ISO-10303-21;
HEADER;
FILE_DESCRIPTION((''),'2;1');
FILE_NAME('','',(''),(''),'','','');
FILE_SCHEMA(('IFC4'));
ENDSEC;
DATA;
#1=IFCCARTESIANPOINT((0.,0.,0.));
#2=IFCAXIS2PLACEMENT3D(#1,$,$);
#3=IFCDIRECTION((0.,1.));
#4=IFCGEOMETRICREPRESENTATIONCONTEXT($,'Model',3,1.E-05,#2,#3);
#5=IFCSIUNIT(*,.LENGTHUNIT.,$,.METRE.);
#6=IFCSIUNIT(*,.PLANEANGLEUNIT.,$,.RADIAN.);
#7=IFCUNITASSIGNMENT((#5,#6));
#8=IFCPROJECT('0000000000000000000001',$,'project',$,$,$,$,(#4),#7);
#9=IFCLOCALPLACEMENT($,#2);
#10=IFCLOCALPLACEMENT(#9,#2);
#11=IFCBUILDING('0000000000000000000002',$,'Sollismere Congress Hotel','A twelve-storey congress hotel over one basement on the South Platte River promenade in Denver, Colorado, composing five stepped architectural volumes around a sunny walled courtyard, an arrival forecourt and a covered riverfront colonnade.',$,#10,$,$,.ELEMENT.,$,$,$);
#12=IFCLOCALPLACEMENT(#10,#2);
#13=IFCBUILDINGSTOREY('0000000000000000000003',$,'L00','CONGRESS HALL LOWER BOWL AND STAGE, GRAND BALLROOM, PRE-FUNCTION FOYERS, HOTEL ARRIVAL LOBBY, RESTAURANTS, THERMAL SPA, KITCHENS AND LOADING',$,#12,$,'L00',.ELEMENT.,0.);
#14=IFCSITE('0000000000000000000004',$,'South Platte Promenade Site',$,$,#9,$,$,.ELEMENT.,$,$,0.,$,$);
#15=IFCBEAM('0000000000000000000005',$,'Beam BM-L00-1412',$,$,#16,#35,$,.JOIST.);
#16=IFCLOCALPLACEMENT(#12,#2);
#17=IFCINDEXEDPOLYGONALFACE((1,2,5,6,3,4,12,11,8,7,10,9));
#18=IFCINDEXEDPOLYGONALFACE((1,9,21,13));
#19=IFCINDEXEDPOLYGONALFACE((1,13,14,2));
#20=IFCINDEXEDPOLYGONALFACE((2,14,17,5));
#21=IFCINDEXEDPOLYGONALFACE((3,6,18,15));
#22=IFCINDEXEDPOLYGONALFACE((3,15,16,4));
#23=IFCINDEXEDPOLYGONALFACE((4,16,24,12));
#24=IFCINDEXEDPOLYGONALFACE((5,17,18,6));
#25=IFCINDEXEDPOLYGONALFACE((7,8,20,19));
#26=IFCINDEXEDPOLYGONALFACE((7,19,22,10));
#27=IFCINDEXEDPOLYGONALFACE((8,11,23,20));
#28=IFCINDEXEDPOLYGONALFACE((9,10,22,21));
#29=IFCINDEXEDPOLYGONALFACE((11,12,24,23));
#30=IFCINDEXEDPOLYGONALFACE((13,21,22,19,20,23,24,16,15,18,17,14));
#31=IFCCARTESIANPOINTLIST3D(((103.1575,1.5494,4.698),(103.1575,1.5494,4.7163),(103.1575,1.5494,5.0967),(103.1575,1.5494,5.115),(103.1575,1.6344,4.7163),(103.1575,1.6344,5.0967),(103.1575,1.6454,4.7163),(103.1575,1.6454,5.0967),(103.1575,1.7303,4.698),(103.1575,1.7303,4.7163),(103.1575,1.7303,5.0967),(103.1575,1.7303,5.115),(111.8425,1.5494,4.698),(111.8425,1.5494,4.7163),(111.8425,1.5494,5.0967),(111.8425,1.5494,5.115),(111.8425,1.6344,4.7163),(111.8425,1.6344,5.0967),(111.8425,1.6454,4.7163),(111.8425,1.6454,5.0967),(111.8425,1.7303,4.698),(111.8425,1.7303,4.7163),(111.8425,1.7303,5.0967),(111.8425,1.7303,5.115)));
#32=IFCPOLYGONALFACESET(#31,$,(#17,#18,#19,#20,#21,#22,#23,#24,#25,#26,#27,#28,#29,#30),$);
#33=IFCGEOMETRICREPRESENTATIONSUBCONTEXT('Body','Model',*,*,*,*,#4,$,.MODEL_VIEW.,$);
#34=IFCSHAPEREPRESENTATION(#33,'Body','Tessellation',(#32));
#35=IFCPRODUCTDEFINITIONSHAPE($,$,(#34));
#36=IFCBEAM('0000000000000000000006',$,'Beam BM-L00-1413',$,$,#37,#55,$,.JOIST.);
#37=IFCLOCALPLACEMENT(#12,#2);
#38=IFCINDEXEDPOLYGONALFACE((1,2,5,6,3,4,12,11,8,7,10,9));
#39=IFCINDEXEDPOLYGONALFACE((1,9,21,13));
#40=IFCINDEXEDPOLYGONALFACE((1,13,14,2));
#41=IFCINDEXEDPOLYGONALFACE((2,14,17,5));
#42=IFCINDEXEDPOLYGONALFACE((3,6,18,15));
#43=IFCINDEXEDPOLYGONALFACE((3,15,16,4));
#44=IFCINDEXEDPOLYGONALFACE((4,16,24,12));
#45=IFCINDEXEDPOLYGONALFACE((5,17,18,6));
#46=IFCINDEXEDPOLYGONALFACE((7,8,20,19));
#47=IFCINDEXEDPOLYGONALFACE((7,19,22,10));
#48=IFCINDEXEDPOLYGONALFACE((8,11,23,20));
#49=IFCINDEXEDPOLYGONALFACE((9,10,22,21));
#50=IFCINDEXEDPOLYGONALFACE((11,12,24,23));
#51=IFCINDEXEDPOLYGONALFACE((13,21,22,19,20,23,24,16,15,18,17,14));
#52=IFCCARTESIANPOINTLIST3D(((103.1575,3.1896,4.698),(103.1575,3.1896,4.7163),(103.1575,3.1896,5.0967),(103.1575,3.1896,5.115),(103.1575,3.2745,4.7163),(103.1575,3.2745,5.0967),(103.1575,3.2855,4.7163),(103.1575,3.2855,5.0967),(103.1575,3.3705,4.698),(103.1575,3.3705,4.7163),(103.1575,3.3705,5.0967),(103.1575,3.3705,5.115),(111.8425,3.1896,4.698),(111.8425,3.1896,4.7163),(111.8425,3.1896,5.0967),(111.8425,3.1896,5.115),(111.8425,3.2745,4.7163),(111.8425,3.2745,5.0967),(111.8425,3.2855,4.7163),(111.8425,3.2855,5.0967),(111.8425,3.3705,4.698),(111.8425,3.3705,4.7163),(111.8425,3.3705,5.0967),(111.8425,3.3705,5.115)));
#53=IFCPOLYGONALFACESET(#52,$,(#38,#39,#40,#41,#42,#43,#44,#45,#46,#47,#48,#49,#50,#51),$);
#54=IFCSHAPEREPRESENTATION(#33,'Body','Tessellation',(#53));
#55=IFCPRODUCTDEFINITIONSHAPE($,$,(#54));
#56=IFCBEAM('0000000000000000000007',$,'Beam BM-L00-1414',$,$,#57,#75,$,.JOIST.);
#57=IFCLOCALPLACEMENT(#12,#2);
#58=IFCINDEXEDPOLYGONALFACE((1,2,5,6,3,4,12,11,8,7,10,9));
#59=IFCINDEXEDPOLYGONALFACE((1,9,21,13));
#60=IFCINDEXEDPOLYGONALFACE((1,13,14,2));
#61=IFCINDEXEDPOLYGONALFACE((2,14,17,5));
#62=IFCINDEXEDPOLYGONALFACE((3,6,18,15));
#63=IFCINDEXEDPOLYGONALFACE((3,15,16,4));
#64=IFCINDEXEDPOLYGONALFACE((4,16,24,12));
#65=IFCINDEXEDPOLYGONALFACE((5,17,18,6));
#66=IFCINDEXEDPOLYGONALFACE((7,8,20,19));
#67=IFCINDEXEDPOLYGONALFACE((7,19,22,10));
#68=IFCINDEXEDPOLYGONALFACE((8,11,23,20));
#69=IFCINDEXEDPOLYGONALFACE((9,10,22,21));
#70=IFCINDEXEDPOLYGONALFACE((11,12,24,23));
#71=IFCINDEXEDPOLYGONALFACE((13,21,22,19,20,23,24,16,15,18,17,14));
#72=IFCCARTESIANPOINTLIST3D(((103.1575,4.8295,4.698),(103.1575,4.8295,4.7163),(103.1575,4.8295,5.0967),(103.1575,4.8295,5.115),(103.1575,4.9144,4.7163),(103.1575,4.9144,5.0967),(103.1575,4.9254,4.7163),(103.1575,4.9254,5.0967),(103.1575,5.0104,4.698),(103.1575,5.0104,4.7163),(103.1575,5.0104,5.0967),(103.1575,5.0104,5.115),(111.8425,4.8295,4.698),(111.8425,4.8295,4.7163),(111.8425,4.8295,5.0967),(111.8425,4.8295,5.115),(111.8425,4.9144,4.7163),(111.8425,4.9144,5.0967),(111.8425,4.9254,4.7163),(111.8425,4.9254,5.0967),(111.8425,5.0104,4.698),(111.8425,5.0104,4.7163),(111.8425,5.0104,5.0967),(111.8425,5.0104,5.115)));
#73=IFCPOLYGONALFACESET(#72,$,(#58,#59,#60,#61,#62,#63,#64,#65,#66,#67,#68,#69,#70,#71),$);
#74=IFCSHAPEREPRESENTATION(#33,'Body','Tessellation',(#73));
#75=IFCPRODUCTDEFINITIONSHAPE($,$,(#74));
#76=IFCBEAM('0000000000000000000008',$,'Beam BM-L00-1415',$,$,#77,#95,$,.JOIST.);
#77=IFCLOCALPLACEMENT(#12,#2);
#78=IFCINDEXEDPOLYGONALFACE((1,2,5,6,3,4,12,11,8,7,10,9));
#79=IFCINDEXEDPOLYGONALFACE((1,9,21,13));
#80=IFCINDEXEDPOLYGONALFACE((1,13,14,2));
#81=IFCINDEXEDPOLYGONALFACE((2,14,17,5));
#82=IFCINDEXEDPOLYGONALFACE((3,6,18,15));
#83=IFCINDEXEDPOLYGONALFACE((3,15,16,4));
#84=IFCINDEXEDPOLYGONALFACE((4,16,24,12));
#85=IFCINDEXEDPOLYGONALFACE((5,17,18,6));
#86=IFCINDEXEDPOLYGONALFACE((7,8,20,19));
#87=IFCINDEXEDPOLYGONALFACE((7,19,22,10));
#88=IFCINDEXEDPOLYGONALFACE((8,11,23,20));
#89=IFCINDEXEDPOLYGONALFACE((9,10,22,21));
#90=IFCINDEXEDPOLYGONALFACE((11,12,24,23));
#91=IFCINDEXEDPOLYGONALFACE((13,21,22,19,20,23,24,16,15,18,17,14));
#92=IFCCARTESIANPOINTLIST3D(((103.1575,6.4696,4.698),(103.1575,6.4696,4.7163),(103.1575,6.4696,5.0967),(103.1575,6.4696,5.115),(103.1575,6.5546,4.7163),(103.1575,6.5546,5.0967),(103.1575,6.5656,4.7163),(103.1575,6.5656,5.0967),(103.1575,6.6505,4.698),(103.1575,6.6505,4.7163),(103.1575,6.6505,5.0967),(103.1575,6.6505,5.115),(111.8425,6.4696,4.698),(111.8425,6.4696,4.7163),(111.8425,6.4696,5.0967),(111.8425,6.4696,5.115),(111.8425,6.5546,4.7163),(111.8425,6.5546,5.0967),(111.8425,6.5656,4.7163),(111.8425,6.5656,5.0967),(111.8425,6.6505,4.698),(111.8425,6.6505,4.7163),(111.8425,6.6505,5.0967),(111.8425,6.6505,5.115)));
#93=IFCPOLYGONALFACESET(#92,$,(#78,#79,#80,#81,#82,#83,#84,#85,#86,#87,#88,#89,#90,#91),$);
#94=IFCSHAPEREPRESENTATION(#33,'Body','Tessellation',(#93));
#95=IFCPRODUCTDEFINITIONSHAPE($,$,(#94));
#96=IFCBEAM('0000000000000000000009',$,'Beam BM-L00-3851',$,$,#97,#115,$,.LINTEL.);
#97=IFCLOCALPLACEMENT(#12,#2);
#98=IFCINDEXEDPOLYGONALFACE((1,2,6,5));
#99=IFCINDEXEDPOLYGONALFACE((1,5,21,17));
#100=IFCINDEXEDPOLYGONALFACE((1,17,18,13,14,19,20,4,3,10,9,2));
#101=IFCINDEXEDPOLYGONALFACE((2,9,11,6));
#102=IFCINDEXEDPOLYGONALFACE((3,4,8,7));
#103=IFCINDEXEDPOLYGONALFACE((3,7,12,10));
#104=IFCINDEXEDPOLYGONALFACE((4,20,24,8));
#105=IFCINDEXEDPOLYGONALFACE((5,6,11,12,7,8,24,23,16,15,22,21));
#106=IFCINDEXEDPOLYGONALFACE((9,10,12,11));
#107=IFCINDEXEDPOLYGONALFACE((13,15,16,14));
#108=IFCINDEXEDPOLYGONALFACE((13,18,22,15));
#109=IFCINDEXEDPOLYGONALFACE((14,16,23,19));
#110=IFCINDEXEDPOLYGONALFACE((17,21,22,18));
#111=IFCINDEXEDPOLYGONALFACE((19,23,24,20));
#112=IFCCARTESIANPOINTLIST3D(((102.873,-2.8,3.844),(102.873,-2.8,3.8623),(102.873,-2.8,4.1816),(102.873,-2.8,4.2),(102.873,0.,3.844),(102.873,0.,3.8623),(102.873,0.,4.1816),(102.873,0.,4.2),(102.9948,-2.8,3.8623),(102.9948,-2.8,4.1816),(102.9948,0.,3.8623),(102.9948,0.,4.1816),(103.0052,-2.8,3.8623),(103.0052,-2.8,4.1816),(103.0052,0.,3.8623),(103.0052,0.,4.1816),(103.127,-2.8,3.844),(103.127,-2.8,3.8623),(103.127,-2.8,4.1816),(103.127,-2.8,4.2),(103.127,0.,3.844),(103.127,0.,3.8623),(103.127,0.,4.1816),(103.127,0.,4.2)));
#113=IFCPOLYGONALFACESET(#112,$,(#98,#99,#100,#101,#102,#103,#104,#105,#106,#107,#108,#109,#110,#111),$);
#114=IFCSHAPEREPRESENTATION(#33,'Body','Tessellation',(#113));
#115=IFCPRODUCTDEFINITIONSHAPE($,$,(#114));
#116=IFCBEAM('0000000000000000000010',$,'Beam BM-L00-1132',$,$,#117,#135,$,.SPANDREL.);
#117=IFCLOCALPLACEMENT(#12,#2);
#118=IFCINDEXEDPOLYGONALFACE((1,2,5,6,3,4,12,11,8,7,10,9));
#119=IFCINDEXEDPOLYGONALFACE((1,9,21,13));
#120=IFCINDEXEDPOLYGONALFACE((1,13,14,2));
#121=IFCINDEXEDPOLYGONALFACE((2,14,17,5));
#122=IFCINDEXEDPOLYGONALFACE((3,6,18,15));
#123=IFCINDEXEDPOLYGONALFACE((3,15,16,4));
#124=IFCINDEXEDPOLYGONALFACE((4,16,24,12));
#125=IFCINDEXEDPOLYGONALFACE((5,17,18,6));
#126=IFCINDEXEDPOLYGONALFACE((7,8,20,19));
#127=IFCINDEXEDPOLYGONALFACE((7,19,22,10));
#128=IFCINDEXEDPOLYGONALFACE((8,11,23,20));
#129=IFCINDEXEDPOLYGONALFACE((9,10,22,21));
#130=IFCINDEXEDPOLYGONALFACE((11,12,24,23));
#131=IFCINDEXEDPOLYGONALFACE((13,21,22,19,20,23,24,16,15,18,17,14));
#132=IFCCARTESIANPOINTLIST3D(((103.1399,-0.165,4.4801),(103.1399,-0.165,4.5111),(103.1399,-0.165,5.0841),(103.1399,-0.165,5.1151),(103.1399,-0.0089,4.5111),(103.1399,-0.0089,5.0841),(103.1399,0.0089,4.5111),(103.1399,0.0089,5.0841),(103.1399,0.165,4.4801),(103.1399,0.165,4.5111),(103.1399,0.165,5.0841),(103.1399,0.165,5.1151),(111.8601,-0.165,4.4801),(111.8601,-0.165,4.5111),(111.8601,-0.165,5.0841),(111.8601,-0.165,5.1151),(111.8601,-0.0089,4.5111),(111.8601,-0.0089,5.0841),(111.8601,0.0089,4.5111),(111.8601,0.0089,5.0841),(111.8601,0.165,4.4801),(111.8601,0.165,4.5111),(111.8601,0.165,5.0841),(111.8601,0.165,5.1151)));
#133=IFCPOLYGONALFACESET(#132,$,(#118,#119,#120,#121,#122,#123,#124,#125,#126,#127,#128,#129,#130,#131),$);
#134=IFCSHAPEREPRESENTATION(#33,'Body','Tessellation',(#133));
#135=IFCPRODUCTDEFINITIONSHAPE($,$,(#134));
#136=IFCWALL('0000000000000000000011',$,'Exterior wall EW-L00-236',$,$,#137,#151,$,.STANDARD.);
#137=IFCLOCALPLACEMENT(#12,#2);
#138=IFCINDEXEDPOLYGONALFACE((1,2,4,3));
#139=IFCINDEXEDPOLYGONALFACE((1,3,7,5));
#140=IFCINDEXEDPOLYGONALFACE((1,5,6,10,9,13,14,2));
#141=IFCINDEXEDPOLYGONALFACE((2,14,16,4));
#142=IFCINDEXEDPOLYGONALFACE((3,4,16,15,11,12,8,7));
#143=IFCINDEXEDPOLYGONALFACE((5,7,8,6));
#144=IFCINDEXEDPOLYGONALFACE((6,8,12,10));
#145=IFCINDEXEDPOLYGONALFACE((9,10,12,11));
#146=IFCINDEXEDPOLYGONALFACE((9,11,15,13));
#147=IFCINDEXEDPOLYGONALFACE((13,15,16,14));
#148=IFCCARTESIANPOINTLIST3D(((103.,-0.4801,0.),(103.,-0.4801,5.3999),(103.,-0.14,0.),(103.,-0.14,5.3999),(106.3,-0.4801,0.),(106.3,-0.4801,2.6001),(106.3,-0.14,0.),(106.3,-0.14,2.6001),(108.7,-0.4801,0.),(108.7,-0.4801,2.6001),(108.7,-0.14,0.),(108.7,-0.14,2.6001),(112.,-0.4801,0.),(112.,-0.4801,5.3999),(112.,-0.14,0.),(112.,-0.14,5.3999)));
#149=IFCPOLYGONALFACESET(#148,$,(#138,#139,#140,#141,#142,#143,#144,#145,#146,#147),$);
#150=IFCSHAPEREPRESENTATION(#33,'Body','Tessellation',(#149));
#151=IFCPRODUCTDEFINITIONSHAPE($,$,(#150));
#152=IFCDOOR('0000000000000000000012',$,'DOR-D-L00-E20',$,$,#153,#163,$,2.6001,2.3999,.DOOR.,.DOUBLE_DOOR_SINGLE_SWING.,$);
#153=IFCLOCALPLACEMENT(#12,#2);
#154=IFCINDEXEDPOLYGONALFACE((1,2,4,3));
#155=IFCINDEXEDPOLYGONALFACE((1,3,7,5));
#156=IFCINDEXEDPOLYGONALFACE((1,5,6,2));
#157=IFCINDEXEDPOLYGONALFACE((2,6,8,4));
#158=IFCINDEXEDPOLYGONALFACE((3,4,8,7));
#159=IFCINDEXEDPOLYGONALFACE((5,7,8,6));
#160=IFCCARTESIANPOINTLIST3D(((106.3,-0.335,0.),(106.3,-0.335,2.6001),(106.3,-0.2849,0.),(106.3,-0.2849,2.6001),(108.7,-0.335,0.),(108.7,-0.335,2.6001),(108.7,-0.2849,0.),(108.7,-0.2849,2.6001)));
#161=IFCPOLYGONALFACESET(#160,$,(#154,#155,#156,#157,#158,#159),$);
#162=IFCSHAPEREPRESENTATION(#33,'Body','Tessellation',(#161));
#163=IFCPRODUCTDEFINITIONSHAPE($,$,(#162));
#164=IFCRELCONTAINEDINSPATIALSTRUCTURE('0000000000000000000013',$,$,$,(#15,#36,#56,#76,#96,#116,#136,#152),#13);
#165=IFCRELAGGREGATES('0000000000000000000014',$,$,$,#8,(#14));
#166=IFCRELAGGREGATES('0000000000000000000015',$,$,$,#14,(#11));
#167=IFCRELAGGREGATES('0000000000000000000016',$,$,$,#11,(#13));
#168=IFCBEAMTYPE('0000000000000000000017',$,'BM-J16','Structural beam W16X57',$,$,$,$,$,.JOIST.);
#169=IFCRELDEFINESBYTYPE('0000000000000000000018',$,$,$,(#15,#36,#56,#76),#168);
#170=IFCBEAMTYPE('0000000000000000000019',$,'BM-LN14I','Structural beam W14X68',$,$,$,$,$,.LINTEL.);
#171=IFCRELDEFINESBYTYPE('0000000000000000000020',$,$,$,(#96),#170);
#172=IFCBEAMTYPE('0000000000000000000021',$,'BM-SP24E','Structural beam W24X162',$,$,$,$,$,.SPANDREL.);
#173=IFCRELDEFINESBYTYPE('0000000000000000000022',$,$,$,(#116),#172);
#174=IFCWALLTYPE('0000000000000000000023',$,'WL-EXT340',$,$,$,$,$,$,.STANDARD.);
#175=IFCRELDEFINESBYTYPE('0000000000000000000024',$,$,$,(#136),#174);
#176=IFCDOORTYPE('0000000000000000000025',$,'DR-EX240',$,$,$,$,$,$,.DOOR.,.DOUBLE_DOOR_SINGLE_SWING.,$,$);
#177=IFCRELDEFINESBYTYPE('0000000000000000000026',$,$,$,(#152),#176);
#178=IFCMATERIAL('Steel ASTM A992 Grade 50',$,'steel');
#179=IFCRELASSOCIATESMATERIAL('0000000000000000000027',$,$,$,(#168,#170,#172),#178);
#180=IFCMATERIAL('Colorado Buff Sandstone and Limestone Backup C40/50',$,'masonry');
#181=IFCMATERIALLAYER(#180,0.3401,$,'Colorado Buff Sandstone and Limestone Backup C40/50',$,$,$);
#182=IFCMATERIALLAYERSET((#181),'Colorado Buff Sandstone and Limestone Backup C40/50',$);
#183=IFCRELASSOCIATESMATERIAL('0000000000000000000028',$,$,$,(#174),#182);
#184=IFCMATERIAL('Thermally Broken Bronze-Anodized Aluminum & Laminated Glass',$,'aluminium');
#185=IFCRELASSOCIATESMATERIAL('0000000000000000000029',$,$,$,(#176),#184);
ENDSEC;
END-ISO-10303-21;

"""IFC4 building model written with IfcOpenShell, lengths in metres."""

from ifc_helpers import new_model, si_unit, direction, frame, frame_2d, origin, origin_2d, place, context, subcontext, project, spatial, rectangle, i_section, extrude, material, layer, layer_set, material_profile, profile_set, type_object, element, fill, save


model = new_model("IFC4")

# Units and contexts
model_context = context("Model", 3, precision=1e-05, world=origin(), true_north=direction((0.0, 1.0)))
body_context = subcontext(model_context, "Body", "Model", "MODEL_VIEW")
ifc_project = project(units=[si_unit("LENGTHUNIT", "METRE"), si_unit("PLANEANGLEUNIT", "RADIAN")], contexts=[model_context])

# Site, building, storey
site_placement = place(None, origin())
site = spatial("IfcSite", under=ifc_project, at=site_placement, Name="South Platte Promenade Site", CompositionType="ELEMENT", RefElevation=0.0)
building_placement = place(site_placement, origin())
building = spatial("IfcBuilding", under=site, at=building_placement, Name="Sollismere Congress Hotel", Description="A twelve-storey congress hotel over one basement on the South Platte River promenade in Denver, Colorado, composing five stepped architectural volumes around a sunny walled courtyard, an arrival forecourt and a covered riverfront colonnade.", CompositionType="ELEMENT")
storey_placement = place(building_placement, origin())
storey = spatial("IfcBuildingStorey", under=building, at=storey_placement, Name="L00", Description="CONGRESS HALL LOWER BOWL AND STAGE, GRAND BALLROOM, PRE-FUNCTION FOYERS, HOTEL ARRIVAL LOBBY, RESTAURANTS, THERMAL SPA, KITCHENS AND LOADING", LongName="L00", CompositionType="ELEMENT", Elevation=0.0)

# Shared definitions
ifc_material_1 = material(Name="Steel ASTM A992 Grade 50", Category="steel")

# Beams
ifc_material_profile_1 = material_profile(ifc_material_1, i_section(OverallWidth=0.1809, OverallDepth=0.417, WebThickness=0.011, FlangeThickness=0.0183, at=origin_2d()), Name="W16X57")
ifc_profile_set_1 = profile_set([ifc_material_profile_1], Name="Steel ASTM A992 Grade 50")
beam_type_1 = type_object("IfcBeamType", Name="BM-J16", Description="Structural beam W16X57", PredefinedType="JOIST", material=ifc_profile_set_1)
for number, where, z_axis, x_axis, name in (
    (1, (103.1575, 1.6399, 4.9065), (1.0, 0.0, 0.0), (0.0, 1.0, 0.0), "Beam BM-L00-1412"),
    (2, (103.1575, 3.28, 4.9065), (1.0, 0.0, 0.0), (0.0, 1.0, 0.0), "Beam BM-L00-1413"),
    (3, (103.1575, 4.9199, 4.9065), (1.0, 0.0, 0.0), (0.0, 1.0, 0.0), "Beam BM-L00-1414"),
    (4, (103.1575, 6.5601, 4.9065), (1.0, 0.0, 0.0), (0.0, 1.0, 0.0), "Beam BM-L00-1415"),
):
    element("IfcBeam", number, at=place(storey_placement, frame(where, z_axis=z_axis, x_axis=x_axis)), inside=storey, type_object=beam_type_1, Name=name, PredefinedType="JOIST", context=body_context, shape_type="SweptSolid", body=[
        extrude(i_section(OverallWidth=0.1809, OverallDepth=0.417, WebThickness=0.011, FlangeThickness=0.0183, at=origin_2d()), origin(), (0.0, 0.0, 1.0), 8.6851),
    ])
ifc_material_profile_2 = material_profile(ifc_material_1, i_section(OverallWidth=0.2539, OverallDepth=0.356, WebThickness=0.0105, FlangeThickness=0.0183, at=origin_2d()), Name="W14X68")
ifc_profile_set_2 = profile_set([ifc_material_profile_2], Name="Steel ASTM A992 Grade 50")
beam_type_2 = type_object("IfcBeamType", Name="BM-LN14I", Description="Structural beam W14X68", PredefinedType="LINTEL", material=ifc_profile_set_2)
beam_1_placement = place(storey_placement, frame((103.0, -2.8, 4.022), z_axis=(0.0, 1.0, 0.0), x_axis=(-1.0, 0.0, 0.0)))
element("IfcBeam", 5, at=beam_1_placement, inside=storey, type_object=beam_type_2, Name="Beam BM-L00-3851", PredefinedType="LINTEL", context=body_context, shape_type="SweptSolid", body=[
    extrude(i_section(OverallWidth=0.2539, OverallDepth=0.356, WebThickness=0.0105, FlangeThickness=0.0183, at=origin_2d()), origin(), (0.0, 0.0, 1.0), 2.8),
])
ifc_material_profile_3 = material_profile(ifc_material_1, i_section(OverallWidth=0.3301, OverallDepth=0.635, WebThickness=0.0178, FlangeThickness=0.031, at=origin_2d()), Name="W24X162")
ifc_profile_set_3 = profile_set([ifc_material_profile_3], Name="Steel ASTM A992 Grade 50")
beam_type_3 = type_object("IfcBeamType", Name="BM-SP24E", Description="Structural beam W24X162", PredefinedType="SPANDREL", material=ifc_profile_set_3)
beam_2_placement = place(storey_placement, frame((103.1399, 0.0, 4.7976), z_axis=(1.0, 0.0, 0.0), x_axis=(0.0, 1.0, 0.0)))
element("IfcBeam", 6, at=beam_2_placement, inside=storey, type_object=beam_type_3, Name="Beam BM-L00-1132", PredefinedType="SPANDREL", context=body_context, shape_type="SweptSolid", body=[
    extrude(i_section(OverallWidth=0.3301, OverallDepth=0.635, WebThickness=0.0178, FlangeThickness=0.031, at=origin_2d()), origin(), (0.0, 0.0, 1.0), 8.7202),
])

# Wall, opening, door
ifc_material_2 = material(Name="Colorado Buff Sandstone and Limestone Backup C40/50", Category="masonry")
ifc_layer_1 = layer(ifc_material_2, 0.3401, Name="Colorado Buff Sandstone and Limestone Backup C40/50")
ifc_layer_set_1 = layer_set([ifc_layer_1], Name="Colorado Buff Sandstone and Limestone Backup C40/50")
wall_type_1 = type_object("IfcWallType", Name="WL-EXT340", PredefinedType="STANDARD", material=ifc_layer_set_1)
wall_1_placement = place(storey_placement, frame((103.0, -0.3101, 0.0), z_axis=(0.0, 0.0, 1.0), x_axis=(1.0, 0.0, 0.0)))
wall_1 = element("IfcWall", 7, at=wall_1_placement, inside=storey, type_object=wall_type_1, Name="Exterior wall EW-L00-236", PredefinedType="STANDARD", context=body_context, shape_type="SweptSolid", body=[
    extrude(rectangle(XDim=9.0, YDim=0.3401, at=frame_2d((4.5, 0.0))), origin(), (0.0, 0.0, 1.0), 5.3999),
])
opening_1_placement = place(wall_1_placement, frame((3.3, 0.0, 0.0)))
opening_1 = element("IfcOpeningElement", 8, at=opening_1_placement, cuts=wall_1, PredefinedType="OPENING", context=body_context, shape_type="SweptSolid", body=[
    extrude(rectangle(XDim=2.3999, YDim=2.6001, at=frame_2d((1.2, 1.3))), frame((0.0, 0.1799, 0.0), z_axis=(0.0, -1.0, 0.0), x_axis=(1.0, 0.0, 0.0)), (0.0, 0.0, 1.0), 0.3601),
])
ifc_material_3 = material(Name="Thermally Broken Bronze-Anodized Aluminum & Laminated Glass", Category="aluminium")
door_type_1 = type_object("IfcDoorType", Name="DR-EX240", OperationType="DOUBLE_DOOR_SINGLE_SWING", PredefinedType="DOOR", material=ifc_material_3)
door_1_placement = place(opening_1_placement, frame((2.3999, 0.0, 0.0), z_axis=(0.0, 0.0, 1.0), x_axis=(-1.0, 0.0, 0.0)))
door_1 = element("IfcDoor", 9, at=door_1_placement, inside=storey, type_object=door_type_1, Name="DOR-D-L00-E20", OperationType="DOUBLE_DOOR_SINGLE_SWING", OverallHeight=2.6001, OverallWidth=2.3999, PredefinedType="DOOR", context=body_context, shape_type="SweptSolid", body=[
    extrude(rectangle(XDim=2.3999, YDim=2.6001, at=frame_2d((1.2, 1.3))), frame((0.0, 0.0249, 0.0), z_axis=(0.0, -1.0, 0.0), x_axis=(1.0, 0.0, 0.0)), (0.0, 0.0, 1.0), 0.05),
])
fill(opening_1, door_1)

save(model, "model.ifc")
